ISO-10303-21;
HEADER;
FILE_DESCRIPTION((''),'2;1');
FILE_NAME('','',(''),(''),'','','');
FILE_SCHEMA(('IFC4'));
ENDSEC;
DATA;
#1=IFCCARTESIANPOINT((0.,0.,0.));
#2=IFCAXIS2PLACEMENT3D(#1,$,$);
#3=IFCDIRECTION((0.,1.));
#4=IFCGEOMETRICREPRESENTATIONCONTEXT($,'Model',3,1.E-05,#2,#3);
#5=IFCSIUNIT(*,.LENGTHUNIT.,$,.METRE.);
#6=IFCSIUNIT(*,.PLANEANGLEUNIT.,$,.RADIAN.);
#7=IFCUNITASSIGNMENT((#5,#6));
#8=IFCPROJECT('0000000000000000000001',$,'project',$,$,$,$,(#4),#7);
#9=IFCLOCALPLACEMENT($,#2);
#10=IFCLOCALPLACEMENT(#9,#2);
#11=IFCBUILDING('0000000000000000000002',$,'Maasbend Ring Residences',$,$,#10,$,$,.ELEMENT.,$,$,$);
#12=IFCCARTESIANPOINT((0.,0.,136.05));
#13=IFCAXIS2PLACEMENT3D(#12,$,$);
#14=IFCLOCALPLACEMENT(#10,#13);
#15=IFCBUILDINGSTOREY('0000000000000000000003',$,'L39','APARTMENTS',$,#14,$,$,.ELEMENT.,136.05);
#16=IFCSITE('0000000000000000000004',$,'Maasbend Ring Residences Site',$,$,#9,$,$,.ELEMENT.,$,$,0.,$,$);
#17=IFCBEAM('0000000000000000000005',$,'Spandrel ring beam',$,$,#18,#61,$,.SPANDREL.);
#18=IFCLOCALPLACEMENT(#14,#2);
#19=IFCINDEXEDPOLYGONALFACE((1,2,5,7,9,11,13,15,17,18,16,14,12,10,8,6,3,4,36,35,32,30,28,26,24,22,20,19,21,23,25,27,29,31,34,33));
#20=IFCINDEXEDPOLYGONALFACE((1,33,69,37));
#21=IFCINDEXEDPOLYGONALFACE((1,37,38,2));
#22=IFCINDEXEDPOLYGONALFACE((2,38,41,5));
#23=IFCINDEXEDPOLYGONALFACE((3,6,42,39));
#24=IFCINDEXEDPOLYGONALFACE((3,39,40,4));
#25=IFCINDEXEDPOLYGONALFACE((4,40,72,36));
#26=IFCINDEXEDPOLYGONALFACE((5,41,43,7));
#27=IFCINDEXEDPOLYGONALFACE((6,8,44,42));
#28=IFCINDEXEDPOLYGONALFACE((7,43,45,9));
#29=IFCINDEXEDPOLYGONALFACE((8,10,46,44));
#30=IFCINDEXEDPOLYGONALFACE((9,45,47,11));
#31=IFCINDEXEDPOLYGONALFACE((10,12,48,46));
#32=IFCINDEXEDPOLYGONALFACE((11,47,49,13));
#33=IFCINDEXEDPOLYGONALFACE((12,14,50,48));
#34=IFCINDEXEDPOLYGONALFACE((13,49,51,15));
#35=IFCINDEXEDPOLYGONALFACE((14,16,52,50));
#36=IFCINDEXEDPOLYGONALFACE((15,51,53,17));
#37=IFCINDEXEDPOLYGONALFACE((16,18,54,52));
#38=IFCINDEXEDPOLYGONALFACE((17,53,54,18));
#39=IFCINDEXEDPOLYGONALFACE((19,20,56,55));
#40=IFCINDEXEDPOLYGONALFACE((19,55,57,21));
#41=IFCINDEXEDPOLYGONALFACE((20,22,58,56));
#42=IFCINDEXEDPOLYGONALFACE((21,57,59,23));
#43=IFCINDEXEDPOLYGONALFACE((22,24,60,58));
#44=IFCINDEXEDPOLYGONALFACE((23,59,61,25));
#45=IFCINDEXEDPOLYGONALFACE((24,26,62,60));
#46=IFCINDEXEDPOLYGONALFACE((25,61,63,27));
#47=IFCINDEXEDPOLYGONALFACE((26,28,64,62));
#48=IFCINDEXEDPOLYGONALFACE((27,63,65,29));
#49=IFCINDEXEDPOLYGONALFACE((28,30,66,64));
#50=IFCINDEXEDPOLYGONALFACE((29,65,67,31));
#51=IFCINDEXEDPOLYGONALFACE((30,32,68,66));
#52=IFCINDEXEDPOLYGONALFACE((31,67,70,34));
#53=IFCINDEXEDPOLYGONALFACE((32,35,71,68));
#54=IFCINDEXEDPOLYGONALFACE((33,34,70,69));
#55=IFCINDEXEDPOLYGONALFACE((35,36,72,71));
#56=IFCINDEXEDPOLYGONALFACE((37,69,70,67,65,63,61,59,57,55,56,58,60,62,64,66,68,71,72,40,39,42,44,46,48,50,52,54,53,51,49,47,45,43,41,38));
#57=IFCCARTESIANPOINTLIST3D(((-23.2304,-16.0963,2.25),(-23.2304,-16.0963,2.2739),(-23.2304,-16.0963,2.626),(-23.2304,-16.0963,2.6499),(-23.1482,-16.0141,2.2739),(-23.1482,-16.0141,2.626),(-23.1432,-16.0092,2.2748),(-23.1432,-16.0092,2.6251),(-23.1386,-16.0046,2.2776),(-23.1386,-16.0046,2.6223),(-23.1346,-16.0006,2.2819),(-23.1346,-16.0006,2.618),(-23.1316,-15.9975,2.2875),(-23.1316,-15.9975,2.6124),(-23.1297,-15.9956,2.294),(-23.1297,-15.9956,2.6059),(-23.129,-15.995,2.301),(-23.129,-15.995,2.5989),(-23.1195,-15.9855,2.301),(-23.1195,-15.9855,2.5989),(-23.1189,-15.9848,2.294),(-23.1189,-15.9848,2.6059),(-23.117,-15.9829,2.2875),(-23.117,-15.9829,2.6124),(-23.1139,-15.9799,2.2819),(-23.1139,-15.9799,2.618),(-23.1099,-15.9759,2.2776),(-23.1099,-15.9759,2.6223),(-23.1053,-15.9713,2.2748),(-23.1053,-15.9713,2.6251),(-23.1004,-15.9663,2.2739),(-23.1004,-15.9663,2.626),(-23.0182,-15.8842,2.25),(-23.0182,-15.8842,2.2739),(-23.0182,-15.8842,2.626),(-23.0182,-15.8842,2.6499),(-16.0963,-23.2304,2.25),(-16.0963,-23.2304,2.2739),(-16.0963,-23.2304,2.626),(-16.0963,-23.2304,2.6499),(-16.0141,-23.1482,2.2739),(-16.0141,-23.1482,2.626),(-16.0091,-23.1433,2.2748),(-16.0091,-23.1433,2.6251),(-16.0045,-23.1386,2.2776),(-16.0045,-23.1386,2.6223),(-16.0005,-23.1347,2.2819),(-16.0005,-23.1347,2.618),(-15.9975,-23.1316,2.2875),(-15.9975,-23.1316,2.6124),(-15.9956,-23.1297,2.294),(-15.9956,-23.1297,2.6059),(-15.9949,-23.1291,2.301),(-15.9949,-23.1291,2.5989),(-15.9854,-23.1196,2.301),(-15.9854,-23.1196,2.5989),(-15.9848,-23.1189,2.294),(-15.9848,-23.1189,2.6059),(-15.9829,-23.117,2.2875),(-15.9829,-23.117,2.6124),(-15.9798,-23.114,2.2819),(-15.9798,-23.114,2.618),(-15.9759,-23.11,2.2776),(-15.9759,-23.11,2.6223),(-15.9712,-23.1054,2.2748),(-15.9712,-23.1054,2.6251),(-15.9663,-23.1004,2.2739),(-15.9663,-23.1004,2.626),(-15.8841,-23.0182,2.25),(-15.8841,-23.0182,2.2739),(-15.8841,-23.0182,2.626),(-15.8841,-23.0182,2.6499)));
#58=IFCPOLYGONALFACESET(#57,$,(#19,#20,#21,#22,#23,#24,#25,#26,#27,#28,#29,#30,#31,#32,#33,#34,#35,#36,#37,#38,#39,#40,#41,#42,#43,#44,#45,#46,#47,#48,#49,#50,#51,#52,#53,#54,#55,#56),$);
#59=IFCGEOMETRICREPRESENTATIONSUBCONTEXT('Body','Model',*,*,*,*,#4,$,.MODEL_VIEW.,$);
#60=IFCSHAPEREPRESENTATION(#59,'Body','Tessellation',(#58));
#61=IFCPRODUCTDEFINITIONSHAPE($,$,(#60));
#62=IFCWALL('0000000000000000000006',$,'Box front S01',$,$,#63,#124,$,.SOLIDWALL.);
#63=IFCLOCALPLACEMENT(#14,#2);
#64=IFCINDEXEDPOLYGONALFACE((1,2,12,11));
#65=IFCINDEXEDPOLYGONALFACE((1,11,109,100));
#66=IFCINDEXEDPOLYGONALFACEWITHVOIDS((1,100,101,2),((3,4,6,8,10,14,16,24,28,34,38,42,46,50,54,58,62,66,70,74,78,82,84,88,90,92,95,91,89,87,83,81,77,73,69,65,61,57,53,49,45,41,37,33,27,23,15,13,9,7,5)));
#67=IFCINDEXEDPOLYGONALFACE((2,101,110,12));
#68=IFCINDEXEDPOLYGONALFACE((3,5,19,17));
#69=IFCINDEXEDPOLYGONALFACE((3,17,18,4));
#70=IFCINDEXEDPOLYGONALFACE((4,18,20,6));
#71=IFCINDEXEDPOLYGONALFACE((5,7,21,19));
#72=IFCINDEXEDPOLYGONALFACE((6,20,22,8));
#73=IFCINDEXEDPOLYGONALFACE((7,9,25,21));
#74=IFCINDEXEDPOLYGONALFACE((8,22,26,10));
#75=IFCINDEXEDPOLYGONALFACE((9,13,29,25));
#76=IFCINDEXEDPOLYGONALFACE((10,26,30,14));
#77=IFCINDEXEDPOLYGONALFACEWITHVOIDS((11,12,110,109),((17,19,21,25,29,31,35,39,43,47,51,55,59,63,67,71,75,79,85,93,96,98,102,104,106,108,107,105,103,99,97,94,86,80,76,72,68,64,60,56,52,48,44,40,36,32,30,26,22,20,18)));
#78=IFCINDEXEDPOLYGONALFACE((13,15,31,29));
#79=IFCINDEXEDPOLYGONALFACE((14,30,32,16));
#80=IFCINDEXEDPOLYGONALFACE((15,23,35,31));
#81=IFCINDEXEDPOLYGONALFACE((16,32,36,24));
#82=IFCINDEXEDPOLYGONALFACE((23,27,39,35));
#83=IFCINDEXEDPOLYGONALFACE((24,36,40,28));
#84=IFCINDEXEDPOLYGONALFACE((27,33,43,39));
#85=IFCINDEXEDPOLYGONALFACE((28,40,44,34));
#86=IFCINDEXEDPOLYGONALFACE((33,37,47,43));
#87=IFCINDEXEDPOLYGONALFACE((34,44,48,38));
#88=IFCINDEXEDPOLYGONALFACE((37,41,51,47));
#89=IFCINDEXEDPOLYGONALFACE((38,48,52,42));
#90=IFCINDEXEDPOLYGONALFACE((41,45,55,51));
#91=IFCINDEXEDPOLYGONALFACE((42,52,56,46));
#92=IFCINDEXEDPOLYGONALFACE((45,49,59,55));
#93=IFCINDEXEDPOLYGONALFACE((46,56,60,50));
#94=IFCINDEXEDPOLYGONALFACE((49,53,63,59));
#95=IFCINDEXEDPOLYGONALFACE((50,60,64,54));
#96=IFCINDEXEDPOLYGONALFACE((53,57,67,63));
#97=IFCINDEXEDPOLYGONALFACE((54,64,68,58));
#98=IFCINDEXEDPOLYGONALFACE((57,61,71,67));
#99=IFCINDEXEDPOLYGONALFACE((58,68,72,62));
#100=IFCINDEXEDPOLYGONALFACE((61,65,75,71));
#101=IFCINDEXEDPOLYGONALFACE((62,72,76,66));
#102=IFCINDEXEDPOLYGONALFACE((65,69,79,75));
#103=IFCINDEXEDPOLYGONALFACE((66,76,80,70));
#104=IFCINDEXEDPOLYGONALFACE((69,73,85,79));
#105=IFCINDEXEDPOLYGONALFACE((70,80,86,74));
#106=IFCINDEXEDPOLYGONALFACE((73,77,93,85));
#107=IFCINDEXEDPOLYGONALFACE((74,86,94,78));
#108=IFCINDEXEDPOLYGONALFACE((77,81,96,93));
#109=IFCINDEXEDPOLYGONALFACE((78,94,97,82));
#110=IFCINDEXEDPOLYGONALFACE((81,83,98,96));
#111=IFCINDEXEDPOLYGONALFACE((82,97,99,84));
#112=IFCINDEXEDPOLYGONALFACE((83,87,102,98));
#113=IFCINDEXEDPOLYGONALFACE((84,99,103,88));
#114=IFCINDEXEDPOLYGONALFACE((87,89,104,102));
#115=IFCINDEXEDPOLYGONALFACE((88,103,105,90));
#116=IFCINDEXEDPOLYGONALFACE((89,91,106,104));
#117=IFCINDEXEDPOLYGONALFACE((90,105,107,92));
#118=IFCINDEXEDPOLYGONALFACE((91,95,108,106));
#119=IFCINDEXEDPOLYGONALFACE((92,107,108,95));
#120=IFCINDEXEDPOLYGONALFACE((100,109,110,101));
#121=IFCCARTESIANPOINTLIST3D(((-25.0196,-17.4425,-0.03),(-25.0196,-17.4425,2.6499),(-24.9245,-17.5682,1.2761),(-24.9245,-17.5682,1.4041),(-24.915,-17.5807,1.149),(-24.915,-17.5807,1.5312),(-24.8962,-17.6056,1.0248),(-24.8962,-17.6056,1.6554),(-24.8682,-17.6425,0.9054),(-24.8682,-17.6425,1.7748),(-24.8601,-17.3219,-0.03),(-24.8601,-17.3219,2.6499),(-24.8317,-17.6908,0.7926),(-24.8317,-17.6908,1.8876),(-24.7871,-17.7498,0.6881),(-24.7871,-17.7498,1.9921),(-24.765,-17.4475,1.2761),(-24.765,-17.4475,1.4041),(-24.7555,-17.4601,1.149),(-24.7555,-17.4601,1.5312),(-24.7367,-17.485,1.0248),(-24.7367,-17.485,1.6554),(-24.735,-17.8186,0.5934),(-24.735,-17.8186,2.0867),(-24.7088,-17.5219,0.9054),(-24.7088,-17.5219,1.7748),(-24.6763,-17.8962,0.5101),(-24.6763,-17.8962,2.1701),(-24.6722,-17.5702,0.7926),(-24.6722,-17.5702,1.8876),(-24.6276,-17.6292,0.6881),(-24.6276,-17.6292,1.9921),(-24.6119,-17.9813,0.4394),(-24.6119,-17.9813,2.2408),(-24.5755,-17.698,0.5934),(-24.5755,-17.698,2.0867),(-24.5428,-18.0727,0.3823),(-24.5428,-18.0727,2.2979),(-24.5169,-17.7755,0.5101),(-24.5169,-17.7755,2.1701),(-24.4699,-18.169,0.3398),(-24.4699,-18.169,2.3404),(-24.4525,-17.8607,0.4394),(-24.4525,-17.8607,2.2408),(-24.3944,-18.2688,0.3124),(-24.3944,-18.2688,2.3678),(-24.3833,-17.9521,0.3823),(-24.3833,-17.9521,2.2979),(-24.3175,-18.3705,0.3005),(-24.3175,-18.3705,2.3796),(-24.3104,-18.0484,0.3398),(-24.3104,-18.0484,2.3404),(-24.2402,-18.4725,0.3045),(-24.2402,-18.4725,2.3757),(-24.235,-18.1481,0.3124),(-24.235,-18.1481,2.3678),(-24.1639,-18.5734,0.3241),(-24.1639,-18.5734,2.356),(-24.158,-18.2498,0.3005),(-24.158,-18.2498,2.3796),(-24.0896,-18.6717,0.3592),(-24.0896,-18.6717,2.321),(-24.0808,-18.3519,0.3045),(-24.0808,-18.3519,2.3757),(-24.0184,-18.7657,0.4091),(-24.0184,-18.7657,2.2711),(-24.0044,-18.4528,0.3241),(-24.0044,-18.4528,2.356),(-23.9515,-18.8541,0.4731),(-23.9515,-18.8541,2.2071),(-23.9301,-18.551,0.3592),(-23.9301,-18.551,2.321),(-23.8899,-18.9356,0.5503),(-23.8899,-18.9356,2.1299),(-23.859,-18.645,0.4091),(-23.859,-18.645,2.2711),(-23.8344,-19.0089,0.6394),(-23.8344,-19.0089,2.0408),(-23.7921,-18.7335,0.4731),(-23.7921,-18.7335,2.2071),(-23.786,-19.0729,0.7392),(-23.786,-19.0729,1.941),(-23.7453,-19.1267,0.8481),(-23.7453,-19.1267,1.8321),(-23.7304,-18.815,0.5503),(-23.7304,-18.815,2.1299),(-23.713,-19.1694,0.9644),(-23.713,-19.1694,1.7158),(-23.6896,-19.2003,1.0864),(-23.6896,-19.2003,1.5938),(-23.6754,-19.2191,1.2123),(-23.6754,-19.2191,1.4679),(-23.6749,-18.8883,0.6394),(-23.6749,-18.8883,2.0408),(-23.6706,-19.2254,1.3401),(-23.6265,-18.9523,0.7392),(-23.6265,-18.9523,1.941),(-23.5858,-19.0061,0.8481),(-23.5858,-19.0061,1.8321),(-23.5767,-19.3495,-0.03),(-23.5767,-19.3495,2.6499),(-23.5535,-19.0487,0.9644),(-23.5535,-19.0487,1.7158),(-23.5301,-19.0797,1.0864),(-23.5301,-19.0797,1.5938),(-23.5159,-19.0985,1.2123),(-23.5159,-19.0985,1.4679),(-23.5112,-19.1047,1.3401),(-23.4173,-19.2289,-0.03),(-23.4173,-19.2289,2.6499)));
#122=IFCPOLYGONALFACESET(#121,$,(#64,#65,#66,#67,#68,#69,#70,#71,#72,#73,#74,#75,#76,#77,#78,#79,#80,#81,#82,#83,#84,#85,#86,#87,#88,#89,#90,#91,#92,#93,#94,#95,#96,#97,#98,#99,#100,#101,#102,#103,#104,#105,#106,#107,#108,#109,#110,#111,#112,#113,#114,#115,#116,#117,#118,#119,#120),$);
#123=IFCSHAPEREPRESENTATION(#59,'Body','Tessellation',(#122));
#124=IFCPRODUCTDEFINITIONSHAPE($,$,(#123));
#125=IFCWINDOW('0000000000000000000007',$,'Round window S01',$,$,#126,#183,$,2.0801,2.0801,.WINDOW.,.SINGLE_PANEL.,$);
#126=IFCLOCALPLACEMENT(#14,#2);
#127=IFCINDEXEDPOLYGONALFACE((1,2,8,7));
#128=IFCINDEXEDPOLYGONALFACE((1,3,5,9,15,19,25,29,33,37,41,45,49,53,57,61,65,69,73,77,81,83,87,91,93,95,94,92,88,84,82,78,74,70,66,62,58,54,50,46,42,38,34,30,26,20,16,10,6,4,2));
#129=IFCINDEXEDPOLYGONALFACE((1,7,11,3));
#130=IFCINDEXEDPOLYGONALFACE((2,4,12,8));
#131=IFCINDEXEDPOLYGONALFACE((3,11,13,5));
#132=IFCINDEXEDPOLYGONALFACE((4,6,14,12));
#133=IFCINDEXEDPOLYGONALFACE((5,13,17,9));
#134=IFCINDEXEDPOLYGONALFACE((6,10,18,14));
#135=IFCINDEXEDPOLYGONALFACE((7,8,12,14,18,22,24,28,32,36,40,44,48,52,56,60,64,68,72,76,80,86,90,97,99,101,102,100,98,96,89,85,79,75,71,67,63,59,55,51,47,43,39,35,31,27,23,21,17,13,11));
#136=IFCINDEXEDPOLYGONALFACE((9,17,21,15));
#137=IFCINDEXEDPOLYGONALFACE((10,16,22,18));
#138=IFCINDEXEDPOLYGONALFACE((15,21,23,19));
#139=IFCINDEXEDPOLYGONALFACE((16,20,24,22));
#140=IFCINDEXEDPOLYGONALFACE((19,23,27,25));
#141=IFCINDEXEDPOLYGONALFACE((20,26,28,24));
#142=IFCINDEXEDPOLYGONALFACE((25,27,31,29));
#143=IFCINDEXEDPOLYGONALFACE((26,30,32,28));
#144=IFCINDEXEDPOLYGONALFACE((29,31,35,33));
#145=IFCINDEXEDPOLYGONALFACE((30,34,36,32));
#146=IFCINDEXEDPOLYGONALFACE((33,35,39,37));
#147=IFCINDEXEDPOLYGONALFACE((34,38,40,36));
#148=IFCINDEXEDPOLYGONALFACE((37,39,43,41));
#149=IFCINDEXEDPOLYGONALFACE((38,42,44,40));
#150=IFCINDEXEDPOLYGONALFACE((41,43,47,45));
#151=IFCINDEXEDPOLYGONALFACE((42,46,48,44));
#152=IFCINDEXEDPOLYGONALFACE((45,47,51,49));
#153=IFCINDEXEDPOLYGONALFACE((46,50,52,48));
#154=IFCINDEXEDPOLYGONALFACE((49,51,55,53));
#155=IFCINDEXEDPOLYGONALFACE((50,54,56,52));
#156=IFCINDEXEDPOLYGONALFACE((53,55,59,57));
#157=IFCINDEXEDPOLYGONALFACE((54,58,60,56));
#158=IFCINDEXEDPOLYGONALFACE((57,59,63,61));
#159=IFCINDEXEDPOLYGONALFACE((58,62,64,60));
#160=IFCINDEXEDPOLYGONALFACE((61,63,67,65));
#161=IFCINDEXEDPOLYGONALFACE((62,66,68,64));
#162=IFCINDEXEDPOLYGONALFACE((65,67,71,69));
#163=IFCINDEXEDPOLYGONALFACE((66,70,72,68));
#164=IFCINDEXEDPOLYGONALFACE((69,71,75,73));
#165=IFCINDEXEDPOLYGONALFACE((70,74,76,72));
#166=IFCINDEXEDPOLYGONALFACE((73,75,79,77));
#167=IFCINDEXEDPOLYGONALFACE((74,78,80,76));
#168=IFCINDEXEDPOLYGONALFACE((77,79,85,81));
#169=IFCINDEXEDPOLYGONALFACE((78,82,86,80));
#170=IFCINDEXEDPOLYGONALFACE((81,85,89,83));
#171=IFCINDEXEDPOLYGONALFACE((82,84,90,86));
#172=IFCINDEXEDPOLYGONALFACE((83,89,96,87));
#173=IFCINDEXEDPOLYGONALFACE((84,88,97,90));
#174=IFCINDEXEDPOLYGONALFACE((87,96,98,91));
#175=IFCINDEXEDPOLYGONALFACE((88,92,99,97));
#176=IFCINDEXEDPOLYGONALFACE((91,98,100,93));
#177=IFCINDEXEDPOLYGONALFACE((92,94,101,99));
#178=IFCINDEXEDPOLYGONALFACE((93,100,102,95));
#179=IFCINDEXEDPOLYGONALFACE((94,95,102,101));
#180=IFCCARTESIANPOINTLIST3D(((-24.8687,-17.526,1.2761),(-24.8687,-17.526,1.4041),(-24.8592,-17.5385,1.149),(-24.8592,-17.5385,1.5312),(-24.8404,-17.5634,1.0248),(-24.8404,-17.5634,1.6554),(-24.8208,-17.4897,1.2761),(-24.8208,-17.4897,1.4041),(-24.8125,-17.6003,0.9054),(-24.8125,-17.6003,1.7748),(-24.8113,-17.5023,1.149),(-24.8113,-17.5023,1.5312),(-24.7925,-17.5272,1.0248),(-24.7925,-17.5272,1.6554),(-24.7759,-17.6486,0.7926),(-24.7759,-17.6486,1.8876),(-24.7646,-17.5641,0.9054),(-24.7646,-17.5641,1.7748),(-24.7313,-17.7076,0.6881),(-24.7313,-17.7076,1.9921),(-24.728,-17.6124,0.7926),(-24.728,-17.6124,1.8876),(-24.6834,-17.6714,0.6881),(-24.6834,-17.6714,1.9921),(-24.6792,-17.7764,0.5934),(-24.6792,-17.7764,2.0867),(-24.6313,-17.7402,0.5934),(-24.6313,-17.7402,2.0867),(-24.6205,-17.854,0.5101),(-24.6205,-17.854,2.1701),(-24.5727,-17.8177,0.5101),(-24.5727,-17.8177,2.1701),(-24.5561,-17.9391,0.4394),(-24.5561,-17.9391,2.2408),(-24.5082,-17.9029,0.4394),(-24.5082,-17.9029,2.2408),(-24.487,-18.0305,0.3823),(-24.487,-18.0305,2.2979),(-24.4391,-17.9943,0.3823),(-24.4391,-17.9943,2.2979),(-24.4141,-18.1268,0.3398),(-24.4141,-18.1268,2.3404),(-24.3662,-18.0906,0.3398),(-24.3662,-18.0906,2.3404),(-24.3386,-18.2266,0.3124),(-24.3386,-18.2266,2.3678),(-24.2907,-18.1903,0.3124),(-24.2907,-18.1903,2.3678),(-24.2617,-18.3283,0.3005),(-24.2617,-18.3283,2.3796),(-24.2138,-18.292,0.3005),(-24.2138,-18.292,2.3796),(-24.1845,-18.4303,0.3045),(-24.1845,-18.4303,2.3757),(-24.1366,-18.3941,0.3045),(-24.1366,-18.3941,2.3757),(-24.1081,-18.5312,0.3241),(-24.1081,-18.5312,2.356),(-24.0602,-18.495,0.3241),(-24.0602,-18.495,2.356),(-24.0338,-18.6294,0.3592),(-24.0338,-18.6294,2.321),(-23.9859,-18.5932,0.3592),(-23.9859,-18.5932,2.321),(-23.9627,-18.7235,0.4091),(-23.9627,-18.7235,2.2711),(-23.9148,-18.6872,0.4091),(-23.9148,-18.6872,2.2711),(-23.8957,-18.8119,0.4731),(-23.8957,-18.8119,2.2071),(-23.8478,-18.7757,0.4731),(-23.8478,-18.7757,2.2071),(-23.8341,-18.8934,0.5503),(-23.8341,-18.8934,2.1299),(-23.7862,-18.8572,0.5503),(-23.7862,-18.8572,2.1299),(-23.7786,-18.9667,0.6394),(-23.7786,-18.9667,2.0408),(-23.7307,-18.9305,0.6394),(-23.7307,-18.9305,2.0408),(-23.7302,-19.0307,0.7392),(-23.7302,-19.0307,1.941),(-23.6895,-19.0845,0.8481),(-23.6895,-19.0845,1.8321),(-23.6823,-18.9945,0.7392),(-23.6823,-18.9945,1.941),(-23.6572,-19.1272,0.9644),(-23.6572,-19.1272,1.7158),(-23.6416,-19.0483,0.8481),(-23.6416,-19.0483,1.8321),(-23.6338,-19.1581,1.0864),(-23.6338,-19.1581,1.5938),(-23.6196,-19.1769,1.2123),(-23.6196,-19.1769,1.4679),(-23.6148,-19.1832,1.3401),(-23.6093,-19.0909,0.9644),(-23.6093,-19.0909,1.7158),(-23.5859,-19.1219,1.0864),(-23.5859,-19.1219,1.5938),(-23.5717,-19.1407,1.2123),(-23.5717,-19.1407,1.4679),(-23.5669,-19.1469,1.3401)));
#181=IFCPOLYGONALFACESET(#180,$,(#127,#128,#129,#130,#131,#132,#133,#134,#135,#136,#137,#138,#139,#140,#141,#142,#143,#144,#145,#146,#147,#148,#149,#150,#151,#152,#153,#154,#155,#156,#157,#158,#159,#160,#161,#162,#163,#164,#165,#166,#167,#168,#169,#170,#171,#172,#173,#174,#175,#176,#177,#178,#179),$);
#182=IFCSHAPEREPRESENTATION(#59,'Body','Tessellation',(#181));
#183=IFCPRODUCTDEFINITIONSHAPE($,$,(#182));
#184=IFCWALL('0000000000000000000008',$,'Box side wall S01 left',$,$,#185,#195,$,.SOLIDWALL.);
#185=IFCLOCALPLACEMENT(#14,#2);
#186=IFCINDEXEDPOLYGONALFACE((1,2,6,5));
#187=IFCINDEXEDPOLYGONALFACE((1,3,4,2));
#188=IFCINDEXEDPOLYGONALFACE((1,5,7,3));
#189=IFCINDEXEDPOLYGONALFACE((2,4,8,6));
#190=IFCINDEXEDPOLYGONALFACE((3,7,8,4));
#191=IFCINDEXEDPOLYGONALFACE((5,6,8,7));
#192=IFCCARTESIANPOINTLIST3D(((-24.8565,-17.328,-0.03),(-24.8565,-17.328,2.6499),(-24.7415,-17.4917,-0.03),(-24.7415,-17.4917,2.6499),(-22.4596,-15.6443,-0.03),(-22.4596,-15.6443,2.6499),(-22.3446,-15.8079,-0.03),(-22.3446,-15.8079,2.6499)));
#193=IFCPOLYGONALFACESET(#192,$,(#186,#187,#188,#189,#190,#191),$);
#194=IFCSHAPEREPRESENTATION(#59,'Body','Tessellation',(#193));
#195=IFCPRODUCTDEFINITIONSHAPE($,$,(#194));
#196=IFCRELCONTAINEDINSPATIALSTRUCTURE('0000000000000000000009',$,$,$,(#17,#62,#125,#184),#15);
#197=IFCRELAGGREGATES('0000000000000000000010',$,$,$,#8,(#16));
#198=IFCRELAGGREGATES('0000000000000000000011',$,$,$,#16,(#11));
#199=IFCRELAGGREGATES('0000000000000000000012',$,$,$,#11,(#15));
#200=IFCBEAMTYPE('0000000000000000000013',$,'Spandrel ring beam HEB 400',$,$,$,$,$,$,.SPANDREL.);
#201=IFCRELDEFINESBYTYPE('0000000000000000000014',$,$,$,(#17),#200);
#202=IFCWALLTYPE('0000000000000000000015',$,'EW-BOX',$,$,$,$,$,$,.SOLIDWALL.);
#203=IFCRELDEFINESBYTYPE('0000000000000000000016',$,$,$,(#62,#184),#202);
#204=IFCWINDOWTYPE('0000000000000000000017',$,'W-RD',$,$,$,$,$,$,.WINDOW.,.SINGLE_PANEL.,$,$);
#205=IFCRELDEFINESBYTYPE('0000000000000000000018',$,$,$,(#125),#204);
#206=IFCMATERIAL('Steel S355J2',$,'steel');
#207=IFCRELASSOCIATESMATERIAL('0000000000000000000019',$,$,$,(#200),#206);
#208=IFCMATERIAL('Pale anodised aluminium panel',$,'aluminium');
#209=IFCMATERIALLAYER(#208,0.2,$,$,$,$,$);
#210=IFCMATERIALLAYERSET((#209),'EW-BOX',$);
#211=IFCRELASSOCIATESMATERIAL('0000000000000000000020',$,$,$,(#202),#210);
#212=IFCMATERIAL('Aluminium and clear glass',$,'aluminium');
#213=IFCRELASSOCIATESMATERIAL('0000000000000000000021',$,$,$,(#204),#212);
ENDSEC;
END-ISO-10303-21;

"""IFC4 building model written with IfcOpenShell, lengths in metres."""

from ifc_helpers import new_model, si_unit, direction, frame, frame_2d, origin, origin_2d, place, context, subcontext, project, spatial, rectangle, circle, i_section, extrude, material, layer, layer_set, material_profile, profile_set, type_object, element, fill, save


model = new_model("IFC4")

# Units and contexts
model_context = context("Model", 3, precision=1e-05, world=origin(), true_north=direction((0.0, 1.0)))
body_context = subcontext(model_context, "Body", "Model", "MODEL_VIEW")
ifc_project = project(units=[si_unit("LENGTHUNIT", "METRE"), si_unit("PLANEANGLEUNIT", "RADIAN")], contexts=[model_context])

# Site, building, storey
site_placement = place(None, origin())
site = spatial("IfcSite", under=ifc_project, at=site_placement, Name="Maasbend Ring Residences Site", CompositionType="ELEMENT", RefElevation=0.0)
building_placement = place(site_placement, origin())
building = spatial("IfcBuilding", under=site, at=building_placement, Name="Maasbend Ring Residences", CompositionType="ELEMENT")
storey_placement = place(building_placement, frame((0.0, 0.0, 136.05)))
storey = spatial("IfcBuildingStorey", under=building, at=storey_placement, Name="L39", Description="APARTMENTS", CompositionType="ELEMENT", Elevation=136.05)

# Beam
ifc_material_1 = material(Name="Steel S355J2", Category="steel")
ifc_material_profile_1 = material_profile(ifc_material_1, i_section(OverallWidth=0.3, OverallDepth=0.3999, WebThickness=0.0134, FlangeThickness=0.0239, FilletRadius=0.0271, at=origin_2d()), Name="HEB 400")
ifc_profile_set_1 = profile_set([ifc_material_profile_1], Name="Steel S355J2")
beam_type_1 = type_object("IfcBeamType", Name="Spandrel ring beam HEB 400", PredefinedType="SPANDREL", material=ifc_profile_set_1)
beam_1_placement = place(storey_placement, frame((-23.1243, -15.9902, 2.45), z_axis=(0.707107, -0.707107, 0.0), x_axis=(0.707107, 0.707107, 0.0)))
element("IfcBeam", 1, at=beam_1_placement, inside=storey, type_object=beam_type_1, Name="Spandrel ring beam", PredefinedType="SPANDREL", context=body_context, shape_type="SweptSolid", body=[
    extrude(i_section(OverallWidth=0.3, OverallDepth=0.3999, WebThickness=0.0134, FlangeThickness=0.0239, FilletRadius=0.0271, at=origin_2d()), origin(), (0.0, 0.0, 1.0), 10.0891),
])

# Wall, opening, window
ifc_material_2 = material(Name="Pale anodised aluminium panel", Category="aluminium")
ifc_layer_1 = layer(ifc_material_2, 0.2)
ifc_layer_set_1 = layer_set([ifc_layer_1], Name="EW-BOX")
wall_type_1 = type_object("IfcWallType", Name="EW-BOX", PredefinedType="SOLIDWALL", material=ifc_layer_set_1)
wall_1_placement = place(storey_placement, frame((-24.9399, -17.3821, -0.03), z_axis=(0.0, 0.0, 1.0), x_axis=(0.603376, -0.797457, 0.0)))
wall_1 = element("IfcWall", 2, at=wall_1_placement, inside=storey, type_object=wall_type_1, Name="Box front S01", PredefinedType="SOLIDWALL", context=body_context, shape_type="SweptSolid", body=[
    extrude(rectangle(XDim=2.3914, YDim=0.2, at=frame_2d((1.1958, 0.0))), origin(), (0.0, 0.0, 1.0), 2.6799),
])
opening_1_placement = place(wall_1_placement, frame((0.1558, 0.0, 0.3301)))
opening_1 = element("IfcOpeningElement", 3, at=opening_1_placement, cuts=wall_1, PredefinedType="OPENING", context=body_context, shape_type="SweptSolid", body=[
    extrude(circle(Radius=1.04, at=frame_2d((1.04, 1.04))), frame((0.0, 0.1099, 0.0), z_axis=(0.0, -1.0, 0.0), x_axis=(1.0, 0.0, 0.0)), (0.0, 0.0, 1.0), 0.22),
])
ifc_material_3 = material(Name="Aluminium and clear glass", Category="aluminium")
window_type_1 = type_object("IfcWindowType", Name="W-RD", PartitioningType="SINGLE_PANEL", PredefinedType="WINDOW", material=ifc_material_3)
window_1_placement = place(opening_1_placement, origin())
window_1 = element("IfcWindow", 4, at=window_1_placement, inside=storey, type_object=window_type_1, Name="Round window S01", OverallHeight=2.0801, OverallWidth=2.0801, PartitioningType="SINGLE_PANEL", PredefinedType="WINDOW", context=body_context, shape_type="SweptSolid", body=[
    extrude(circle(Radius=1.04, at=frame_2d((1.04, 1.04))), frame((0.0, 0.03, 0.0), z_axis=(0.0, -1.0, 0.0), x_axis=(1.0, 0.0, 0.0)), (0.0, 0.0, 1.0), 0.0601),
])
fill(opening_1, window_1)

# Wall
wall_2_placement = place(storey_placement, frame((-22.4021, -15.7261, -0.03), z_axis=(0.0, 0.0, 1.0), x_axis=(-0.818275, -0.574826, 0.0)))
element("IfcWall", 5, at=wall_2_placement, inside=storey, type_object=wall_type_1, Name="Box side wall S01 left", PredefinedType="SOLIDWALL", context=body_context, shape_type="SweptSolid", body=[
    extrude(rectangle(XDim=2.9292, YDim=0.2, at=frame_2d((1.4646, 0.0))), origin(), (0.0, 0.0, 1.0), 2.6799),
])

save(model, "model.ifc")
